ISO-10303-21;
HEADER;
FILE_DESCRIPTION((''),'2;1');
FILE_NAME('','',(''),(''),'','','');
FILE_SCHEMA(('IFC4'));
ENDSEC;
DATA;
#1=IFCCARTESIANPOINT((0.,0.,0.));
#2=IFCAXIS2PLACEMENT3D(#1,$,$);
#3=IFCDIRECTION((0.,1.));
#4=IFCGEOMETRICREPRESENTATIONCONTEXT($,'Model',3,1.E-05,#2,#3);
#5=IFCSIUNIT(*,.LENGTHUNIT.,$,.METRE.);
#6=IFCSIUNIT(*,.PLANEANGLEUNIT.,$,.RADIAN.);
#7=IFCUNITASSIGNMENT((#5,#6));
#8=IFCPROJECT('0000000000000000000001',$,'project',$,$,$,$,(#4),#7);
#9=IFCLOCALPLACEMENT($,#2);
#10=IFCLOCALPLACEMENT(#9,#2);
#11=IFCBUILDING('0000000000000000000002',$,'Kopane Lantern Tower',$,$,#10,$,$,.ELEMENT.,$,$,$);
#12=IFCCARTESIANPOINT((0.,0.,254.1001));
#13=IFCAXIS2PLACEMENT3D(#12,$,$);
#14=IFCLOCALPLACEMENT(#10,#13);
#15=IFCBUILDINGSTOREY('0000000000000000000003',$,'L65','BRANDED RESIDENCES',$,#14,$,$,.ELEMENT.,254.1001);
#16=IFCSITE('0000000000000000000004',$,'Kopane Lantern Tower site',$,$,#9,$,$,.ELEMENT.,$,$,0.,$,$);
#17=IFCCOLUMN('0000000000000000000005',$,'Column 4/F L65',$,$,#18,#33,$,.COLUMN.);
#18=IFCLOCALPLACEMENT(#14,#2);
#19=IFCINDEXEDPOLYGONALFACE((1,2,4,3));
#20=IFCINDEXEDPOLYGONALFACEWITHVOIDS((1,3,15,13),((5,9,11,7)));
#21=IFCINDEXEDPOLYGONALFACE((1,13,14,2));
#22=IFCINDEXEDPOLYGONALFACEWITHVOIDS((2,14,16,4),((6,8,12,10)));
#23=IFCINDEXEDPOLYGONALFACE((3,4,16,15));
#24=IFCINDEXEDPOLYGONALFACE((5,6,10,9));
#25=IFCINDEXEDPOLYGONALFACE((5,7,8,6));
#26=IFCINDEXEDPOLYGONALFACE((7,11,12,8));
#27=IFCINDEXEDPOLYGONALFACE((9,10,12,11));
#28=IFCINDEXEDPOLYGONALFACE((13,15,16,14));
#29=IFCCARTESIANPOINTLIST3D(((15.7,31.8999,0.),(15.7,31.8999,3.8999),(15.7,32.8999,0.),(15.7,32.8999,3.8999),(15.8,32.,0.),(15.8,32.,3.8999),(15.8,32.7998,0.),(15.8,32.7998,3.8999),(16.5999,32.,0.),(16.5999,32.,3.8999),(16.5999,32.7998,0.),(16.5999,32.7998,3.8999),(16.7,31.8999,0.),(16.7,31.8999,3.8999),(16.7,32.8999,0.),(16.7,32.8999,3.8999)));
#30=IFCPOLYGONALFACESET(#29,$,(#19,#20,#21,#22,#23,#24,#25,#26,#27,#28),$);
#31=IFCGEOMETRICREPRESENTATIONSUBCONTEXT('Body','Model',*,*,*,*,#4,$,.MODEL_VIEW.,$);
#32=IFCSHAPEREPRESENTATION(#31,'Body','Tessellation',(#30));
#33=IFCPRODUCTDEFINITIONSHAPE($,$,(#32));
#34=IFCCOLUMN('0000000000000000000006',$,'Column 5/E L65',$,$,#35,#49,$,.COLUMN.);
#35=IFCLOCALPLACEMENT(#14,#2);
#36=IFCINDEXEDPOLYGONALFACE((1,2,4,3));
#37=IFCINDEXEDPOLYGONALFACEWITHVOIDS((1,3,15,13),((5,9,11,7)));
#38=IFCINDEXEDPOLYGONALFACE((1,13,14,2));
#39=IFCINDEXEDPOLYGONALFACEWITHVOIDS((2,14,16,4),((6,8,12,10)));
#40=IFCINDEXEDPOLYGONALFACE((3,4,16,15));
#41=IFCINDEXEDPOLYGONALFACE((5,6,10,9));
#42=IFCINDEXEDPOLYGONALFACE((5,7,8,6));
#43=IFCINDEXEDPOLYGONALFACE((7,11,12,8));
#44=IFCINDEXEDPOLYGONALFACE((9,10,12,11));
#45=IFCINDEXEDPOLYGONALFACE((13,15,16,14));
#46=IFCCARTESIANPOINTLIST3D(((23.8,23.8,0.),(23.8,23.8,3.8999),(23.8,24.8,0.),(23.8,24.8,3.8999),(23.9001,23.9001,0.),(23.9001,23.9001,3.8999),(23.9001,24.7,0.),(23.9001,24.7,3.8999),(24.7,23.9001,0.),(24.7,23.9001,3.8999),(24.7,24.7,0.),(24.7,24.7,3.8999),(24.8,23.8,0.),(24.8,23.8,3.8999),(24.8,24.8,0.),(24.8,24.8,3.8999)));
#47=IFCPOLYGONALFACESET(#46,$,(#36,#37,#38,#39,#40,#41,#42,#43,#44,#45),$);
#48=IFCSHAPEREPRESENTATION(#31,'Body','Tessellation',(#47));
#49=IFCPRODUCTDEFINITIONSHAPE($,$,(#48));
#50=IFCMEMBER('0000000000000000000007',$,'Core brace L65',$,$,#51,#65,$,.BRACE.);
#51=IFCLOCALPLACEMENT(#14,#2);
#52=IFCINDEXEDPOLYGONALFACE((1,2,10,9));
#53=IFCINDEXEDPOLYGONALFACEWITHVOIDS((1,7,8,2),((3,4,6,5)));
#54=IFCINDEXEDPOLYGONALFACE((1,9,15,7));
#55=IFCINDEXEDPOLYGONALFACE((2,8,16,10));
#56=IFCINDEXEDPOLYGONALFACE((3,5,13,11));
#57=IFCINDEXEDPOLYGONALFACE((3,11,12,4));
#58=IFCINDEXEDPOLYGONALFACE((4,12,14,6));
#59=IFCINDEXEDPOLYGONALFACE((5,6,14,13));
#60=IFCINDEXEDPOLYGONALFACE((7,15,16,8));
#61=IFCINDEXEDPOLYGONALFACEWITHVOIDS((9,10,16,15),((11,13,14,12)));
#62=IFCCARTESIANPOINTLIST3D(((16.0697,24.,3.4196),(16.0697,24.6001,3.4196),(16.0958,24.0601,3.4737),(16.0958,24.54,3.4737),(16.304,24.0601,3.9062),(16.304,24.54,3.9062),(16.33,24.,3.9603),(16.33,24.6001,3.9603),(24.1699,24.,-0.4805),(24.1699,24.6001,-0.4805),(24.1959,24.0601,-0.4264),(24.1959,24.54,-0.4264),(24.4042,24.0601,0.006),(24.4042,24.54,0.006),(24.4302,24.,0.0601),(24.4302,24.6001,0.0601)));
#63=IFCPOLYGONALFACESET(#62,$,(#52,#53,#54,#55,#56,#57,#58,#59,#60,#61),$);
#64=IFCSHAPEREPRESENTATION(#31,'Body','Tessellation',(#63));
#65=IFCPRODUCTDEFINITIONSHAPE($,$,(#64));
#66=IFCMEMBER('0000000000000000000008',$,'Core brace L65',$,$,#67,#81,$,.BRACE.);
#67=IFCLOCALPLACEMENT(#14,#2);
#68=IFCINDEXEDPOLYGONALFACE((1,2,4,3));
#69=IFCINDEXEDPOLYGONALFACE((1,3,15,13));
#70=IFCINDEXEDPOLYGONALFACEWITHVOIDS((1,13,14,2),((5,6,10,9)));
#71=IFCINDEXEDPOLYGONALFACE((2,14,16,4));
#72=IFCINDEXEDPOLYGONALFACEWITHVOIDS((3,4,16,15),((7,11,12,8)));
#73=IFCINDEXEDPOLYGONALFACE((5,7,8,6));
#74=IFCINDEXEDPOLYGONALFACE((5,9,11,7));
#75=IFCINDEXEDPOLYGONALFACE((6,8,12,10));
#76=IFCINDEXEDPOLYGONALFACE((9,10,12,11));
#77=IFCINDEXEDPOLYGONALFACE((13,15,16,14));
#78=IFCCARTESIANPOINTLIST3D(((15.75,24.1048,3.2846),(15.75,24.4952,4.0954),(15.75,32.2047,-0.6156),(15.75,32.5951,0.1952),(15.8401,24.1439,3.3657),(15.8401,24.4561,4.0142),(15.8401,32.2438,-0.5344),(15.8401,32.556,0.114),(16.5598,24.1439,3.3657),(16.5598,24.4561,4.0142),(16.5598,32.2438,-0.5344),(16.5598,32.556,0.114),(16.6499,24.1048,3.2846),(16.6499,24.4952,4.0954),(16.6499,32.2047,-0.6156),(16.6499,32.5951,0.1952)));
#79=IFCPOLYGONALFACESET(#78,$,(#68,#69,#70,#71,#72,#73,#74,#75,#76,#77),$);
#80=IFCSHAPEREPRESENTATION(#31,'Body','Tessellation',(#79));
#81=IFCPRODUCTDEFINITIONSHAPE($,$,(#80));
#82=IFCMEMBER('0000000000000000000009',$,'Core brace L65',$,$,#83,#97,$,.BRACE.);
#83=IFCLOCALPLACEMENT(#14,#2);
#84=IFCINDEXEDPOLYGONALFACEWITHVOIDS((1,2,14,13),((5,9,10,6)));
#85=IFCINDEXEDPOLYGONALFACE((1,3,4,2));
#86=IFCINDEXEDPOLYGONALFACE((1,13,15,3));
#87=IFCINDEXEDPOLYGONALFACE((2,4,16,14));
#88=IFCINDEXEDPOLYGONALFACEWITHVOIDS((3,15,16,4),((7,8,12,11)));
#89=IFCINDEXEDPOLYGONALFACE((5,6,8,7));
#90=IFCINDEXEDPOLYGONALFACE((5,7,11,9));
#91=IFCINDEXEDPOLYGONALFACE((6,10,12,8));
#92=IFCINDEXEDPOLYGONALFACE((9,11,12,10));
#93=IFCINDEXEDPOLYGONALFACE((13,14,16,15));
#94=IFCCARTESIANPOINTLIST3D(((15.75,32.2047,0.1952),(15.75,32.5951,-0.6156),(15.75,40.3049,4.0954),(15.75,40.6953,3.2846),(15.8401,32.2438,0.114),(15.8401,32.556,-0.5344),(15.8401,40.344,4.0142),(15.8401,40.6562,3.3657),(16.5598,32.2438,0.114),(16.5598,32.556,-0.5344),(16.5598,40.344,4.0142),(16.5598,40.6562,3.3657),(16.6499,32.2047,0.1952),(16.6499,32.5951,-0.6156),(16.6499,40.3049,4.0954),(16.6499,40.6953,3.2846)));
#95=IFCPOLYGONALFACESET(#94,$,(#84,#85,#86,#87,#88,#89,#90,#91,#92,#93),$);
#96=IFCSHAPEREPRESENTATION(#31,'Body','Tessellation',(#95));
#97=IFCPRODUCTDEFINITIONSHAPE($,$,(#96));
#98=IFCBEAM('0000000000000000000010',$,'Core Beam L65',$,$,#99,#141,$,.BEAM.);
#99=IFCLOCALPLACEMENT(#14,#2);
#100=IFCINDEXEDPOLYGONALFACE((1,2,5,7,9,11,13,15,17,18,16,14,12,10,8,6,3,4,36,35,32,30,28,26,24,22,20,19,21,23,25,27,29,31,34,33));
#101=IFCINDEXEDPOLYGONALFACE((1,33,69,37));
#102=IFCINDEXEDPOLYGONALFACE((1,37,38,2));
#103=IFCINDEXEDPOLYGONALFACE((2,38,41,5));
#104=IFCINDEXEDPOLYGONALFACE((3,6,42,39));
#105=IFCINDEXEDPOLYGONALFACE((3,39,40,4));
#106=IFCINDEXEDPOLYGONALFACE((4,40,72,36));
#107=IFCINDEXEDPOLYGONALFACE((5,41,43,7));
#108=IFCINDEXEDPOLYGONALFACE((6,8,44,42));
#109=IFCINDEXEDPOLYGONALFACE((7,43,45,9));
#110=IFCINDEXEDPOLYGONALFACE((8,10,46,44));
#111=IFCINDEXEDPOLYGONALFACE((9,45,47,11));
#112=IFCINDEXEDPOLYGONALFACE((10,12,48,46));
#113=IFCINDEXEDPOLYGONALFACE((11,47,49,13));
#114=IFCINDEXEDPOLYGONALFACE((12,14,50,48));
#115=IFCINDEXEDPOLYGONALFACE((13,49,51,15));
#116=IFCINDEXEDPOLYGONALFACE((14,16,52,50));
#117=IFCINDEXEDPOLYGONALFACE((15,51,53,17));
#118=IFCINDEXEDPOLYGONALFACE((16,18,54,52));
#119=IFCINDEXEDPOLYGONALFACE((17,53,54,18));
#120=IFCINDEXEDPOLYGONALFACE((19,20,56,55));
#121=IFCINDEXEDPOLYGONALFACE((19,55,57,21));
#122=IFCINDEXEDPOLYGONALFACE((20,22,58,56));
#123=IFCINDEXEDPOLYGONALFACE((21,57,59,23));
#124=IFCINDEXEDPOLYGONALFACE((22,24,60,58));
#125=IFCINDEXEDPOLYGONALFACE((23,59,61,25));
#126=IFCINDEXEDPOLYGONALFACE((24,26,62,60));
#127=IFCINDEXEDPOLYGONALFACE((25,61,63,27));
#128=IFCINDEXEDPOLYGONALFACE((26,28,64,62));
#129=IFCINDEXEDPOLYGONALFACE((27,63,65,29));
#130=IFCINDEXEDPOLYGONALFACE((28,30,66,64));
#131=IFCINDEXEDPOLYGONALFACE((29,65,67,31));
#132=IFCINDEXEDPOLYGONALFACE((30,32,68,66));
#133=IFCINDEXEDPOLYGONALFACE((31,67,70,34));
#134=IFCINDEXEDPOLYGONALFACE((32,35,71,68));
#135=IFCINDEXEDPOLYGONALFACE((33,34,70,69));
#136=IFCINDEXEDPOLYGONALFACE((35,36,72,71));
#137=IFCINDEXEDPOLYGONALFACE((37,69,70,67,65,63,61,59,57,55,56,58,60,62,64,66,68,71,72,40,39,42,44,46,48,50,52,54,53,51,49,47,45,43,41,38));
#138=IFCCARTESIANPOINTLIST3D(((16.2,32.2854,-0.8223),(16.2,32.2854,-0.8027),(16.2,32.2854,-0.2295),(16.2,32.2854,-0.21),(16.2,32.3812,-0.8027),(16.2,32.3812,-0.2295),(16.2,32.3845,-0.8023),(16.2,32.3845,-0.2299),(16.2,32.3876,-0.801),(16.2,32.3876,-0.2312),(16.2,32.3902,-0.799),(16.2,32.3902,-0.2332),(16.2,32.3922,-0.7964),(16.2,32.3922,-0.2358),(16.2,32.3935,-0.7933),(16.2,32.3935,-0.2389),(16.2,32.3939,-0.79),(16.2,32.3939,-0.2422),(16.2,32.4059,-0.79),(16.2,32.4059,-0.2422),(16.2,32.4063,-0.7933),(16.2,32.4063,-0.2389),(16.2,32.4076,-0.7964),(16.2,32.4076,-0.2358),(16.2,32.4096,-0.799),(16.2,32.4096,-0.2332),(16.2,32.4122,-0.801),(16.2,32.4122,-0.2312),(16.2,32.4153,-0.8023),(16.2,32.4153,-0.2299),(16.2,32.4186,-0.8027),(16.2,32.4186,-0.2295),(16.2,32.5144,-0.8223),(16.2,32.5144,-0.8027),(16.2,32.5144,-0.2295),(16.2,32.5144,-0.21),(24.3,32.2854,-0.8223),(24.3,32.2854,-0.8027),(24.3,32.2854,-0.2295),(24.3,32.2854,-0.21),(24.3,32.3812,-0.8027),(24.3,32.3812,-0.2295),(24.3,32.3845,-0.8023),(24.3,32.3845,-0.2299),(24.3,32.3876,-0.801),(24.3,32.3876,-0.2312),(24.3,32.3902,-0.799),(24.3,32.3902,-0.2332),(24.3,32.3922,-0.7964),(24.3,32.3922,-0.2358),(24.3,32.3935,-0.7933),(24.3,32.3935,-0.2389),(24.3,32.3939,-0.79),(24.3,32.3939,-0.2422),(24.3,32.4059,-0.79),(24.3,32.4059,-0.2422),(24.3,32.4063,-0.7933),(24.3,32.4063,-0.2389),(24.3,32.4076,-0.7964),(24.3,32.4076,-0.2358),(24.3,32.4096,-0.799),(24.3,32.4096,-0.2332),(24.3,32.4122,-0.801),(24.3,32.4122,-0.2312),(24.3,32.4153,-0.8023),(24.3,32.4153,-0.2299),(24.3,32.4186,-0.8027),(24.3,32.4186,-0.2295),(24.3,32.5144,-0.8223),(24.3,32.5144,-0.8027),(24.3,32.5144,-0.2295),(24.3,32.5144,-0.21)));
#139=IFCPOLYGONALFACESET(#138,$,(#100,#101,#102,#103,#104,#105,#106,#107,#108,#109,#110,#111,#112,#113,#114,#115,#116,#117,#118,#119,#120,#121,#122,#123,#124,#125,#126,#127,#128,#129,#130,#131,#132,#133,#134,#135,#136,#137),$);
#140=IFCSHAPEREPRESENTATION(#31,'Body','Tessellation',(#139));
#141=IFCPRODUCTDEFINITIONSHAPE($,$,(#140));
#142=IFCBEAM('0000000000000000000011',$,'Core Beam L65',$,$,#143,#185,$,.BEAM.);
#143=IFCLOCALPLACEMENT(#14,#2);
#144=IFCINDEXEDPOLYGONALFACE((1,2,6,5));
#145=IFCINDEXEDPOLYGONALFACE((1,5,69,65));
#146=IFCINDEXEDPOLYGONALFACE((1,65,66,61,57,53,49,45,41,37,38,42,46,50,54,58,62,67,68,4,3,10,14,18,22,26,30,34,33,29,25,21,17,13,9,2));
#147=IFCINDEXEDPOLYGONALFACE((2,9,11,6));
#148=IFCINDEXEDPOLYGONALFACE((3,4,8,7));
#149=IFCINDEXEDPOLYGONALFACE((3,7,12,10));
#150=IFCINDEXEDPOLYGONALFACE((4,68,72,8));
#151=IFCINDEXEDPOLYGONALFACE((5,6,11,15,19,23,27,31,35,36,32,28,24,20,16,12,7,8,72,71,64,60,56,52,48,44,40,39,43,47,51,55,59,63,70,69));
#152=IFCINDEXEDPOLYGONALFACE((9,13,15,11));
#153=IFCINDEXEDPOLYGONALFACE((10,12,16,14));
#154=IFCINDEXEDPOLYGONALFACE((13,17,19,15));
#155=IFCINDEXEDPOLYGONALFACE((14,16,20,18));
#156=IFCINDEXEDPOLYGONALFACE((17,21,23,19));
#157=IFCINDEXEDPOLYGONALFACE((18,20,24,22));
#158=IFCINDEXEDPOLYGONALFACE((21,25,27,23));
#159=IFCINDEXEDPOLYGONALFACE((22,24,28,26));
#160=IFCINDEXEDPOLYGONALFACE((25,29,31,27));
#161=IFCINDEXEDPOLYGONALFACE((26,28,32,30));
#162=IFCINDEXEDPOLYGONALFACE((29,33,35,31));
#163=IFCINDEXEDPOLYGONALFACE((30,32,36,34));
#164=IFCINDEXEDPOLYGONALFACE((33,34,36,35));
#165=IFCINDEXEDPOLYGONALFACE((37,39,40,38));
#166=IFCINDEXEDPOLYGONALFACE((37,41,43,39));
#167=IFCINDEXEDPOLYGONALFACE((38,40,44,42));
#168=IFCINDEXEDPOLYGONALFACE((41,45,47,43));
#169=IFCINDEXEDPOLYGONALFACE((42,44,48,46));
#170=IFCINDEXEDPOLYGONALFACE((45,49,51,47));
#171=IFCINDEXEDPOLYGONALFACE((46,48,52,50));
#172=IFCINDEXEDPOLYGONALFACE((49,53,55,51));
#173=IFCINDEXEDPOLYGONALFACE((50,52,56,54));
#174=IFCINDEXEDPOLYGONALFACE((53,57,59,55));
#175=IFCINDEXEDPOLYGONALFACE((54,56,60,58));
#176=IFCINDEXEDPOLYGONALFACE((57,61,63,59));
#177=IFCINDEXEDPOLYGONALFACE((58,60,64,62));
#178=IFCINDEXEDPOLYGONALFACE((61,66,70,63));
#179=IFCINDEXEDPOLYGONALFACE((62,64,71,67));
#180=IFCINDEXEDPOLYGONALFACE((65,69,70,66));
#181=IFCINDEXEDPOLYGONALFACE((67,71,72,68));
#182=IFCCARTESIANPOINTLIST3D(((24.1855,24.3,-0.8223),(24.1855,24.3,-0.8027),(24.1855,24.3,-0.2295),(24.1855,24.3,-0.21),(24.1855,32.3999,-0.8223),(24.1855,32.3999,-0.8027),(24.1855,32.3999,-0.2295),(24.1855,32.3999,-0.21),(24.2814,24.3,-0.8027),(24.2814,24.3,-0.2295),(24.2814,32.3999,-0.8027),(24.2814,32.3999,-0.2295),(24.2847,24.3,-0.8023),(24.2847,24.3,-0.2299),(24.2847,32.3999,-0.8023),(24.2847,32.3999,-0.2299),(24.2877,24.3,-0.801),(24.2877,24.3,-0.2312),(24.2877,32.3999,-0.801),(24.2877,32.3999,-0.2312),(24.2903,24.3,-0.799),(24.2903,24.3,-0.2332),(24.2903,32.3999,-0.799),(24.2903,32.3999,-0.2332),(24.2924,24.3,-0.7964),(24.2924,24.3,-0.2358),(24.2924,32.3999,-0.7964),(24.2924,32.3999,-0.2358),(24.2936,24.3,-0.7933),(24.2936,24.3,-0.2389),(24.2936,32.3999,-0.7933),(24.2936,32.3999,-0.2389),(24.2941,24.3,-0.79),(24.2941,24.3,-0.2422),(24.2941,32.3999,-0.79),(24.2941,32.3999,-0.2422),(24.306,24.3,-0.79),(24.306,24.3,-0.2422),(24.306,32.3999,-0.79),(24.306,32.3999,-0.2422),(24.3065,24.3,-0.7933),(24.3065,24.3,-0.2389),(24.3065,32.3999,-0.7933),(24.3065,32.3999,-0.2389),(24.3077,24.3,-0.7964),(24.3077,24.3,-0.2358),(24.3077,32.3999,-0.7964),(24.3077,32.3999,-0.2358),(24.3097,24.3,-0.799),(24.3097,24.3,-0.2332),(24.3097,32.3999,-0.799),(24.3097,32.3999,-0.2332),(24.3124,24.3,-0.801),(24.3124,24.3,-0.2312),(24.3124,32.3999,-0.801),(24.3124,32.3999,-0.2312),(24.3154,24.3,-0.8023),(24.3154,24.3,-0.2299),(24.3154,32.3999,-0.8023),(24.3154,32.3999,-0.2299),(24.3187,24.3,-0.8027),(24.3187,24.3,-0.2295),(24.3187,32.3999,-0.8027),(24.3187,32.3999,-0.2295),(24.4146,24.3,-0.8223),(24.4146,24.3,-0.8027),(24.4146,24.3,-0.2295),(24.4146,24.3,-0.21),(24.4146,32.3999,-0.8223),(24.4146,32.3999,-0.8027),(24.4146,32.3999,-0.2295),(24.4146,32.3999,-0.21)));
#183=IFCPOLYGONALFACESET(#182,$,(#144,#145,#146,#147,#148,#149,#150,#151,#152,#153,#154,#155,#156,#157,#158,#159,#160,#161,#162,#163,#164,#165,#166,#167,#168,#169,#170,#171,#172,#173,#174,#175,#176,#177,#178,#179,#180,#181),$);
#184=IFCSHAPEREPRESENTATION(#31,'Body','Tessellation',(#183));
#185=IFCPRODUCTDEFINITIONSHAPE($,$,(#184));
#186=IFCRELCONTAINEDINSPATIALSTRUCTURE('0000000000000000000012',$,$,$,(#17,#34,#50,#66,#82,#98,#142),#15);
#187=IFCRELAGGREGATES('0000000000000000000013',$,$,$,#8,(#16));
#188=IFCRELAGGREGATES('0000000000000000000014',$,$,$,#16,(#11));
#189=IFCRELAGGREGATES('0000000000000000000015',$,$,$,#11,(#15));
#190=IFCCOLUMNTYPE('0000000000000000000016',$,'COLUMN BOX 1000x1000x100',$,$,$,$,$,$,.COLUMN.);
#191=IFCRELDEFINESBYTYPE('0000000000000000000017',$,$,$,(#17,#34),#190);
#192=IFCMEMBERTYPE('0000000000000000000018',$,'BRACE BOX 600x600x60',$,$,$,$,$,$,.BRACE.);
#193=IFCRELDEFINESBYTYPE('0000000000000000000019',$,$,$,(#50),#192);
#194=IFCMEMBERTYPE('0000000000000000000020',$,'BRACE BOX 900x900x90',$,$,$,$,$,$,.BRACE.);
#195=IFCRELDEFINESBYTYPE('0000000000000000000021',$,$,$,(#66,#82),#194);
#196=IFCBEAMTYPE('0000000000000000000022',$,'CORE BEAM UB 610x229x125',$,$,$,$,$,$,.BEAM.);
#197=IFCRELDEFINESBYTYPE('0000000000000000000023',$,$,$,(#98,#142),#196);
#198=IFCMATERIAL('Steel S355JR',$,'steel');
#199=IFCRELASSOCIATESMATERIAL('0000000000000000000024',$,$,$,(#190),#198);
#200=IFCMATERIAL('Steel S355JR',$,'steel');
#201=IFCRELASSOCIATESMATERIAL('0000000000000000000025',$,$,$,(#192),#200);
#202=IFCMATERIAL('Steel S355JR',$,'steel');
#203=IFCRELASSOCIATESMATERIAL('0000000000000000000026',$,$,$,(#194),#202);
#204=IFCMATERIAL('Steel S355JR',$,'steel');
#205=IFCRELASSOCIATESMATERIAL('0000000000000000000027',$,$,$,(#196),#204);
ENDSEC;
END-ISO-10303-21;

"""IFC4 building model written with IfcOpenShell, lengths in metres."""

from ifc_helpers import new_model, si_unit, direction, frame, origin, origin_2d, place, context, subcontext, project, spatial, hollow_rectangle, i_section, extrude, material, material_profile, profile_set, type_object, element, save


model = new_model("IFC4")

# Units and contexts
model_context = context("Model", 3, precision=1e-05, world=origin(), true_north=direction((0.0, 1.0)))
body_context = subcontext(model_context, "Body", "Model", "MODEL_VIEW")
ifc_project = project(units=[si_unit("LENGTHUNIT", "METRE"), si_unit("PLANEANGLEUNIT", "RADIAN")], contexts=[model_context])

# Site, building, storey
site_placement = place(None, origin())
site = spatial("IfcSite", under=ifc_project, at=site_placement, Name="Kopane Lantern Tower site", CompositionType="ELEMENT", RefElevation=0.0)
building_placement = place(site_placement, origin())
building = spatial("IfcBuilding", under=site, at=building_placement, Name="Kopane Lantern Tower", CompositionType="ELEMENT")
storey_placement = place(building_placement, frame((0.0, 0.0, 254.1001)))
storey = spatial("IfcBuildingStorey", under=building, at=storey_placement, Name="L65", Description="BRANDED RESIDENCES", CompositionType="ELEMENT", Elevation=254.1001)

# Columns
ifc_material_1 = material(Name="Steel S355JR", Category="steel")
ifc_material_profile_1 = material_profile(ifc_material_1, hollow_rectangle(XDim=1.0, YDim=1.0, WallThickness=0.1001, at=origin_2d()), Name="BOX 1000x1000x100")
ifc_profile_set_1 = profile_set([ifc_material_profile_1], Name="Steel S355JR")
column_type = type_object("IfcColumnType", Name="COLUMN BOX 1000x1000x100", PredefinedType="COLUMN", material=ifc_profile_set_1)
for number, where, z_axis, x_axis, name in (
    (1, (16.2, 32.3999, 0.0), (0.0, 0.0, 1.0), (1.0, 0.0, 0.0), "Column 4/F L65"),
    (2, (24.3, 24.3, 0.0), (0.0, 0.0, 1.0), (1.0, 0.0, 0.0), "Column 5/E L65"),
):
    element("IfcColumn", number, at=place(storey_placement, frame(where, z_axis=z_axis, x_axis=x_axis)), inside=storey, type_object=column_type, Name=name, PredefinedType="COLUMN", context=body_context, shape_type="SweptSolid", body=[
        extrude(hollow_rectangle(XDim=1.0, YDim=1.0, WallThickness=0.1001, at=origin_2d()), origin(), (0.0, 0.0, 1.0), 3.8999),
    ])

# Members
ifc_material_2 = material(Name="Steel S355JR", Category="steel")
ifc_material_profile_2 = material_profile(ifc_material_2, hollow_rectangle(XDim=0.6001, YDim=0.6001, WallThickness=0.0601, at=origin_2d()), Name="BOX 600x600x60")
ifc_profile_set_2 = profile_set([ifc_material_profile_2], Name="Steel S355JR")
member_type_1 = type_object("IfcMemberType", Name="BRACE BOX 600x600x60", PredefinedType="BRACE", material=ifc_profile_set_2)
member_1_placement = place(storey_placement, frame((24.3, 24.3, -0.2102), z_axis=(-0.900997, 0.0, 0.433825), x_axis=(0.0, -1.0, 0.0)))
element("IfcMember", 3, at=member_1_placement, inside=storey, type_object=member_type_1, Name="Core brace L65", PredefinedType="BRACE", context=body_context, shape_type="SweptSolid", body=[
    extrude(hollow_rectangle(XDim=0.6001, YDim=0.6001, WallThickness=0.0601, at=origin_2d()), origin(), (0.0, 0.0, 1.0), 8.9902),
])
ifc_material_3 = material(Name="Steel S355JR", Category="steel")
ifc_material_profile_3 = material_profile(ifc_material_3, hollow_rectangle(XDim=0.8999, YDim=0.8999, WallThickness=0.0901, at=origin_2d()), Name="BOX 900x900x90")
ifc_profile_set_3 = profile_set([ifc_material_profile_3], Name="Steel S355JR")
member_type_2 = type_object("IfcMemberType", Name="BRACE BOX 900x900x90", PredefinedType="BRACE", material=ifc_profile_set_3)
member_2_placement = place(storey_placement, frame((16.2, 32.3999, -0.2102), z_axis=(0.0, -0.900992, 0.433835), x_axis=(1.0, 0.0, 0.0)))
element("IfcMember", 4, at=member_2_placement, inside=storey, type_object=member_type_2, Name="Core brace L65", PredefinedType="BRACE", context=body_context, shape_type="SweptSolid", body=[
    extrude(hollow_rectangle(XDim=0.8999, YDim=0.8999, WallThickness=0.0901, at=origin_2d()), origin(), (0.0, 0.0, 1.0), 8.99),
])
member_3_placement = place(storey_placement, frame((16.2, 32.3999, -0.2102), z_axis=(0.0, 0.900997, 0.433825), x_axis=(-1.0, 0.0, 0.0)))
element("IfcMember", 5, at=member_3_placement, inside=storey, type_object=member_type_2, Name="Core brace L65", PredefinedType="BRACE", context=body_context, shape_type="SweptSolid", body=[
    extrude(hollow_rectangle(XDim=0.8999, YDim=0.8999, WallThickness=0.0901, at=origin_2d()), origin(), (0.0, 0.0, 1.0), 8.9902),
])

# Beams
ifc_material_4 = material(Name="Steel S355JR", Category="steel")
ifc_material_profile_4 = material_profile(ifc_material_4, i_section(OverallWidth=0.229, OverallDepth=0.6123, WebThickness=0.012, FlangeThickness=0.0195, FilletRadius=0.0127, at=origin_2d()), Name="UB 610x229x125")
ifc_profile_set_4 = profile_set([ifc_material_profile_4], Name="Steel S355JR")
beam_type_1 = type_object("IfcBeamType", Name="CORE BEAM UB 610x229x125", PredefinedType="BEAM", material=ifc_profile_set_4)
beam_1_placement = place(storey_placement, frame((16.2, 32.3999, -0.5161), z_axis=(1.0, 0.0, 0.0), x_axis=(0.0, 1.0, 0.0)))
element("IfcBeam", 6, at=beam_1_placement, inside=storey, type_object=beam_type_1, Name="Core Beam L65", PredefinedType="BEAM", context=body_context, shape_type="SweptSolid", body=[
    extrude(i_section(OverallWidth=0.229, OverallDepth=0.6123, WebThickness=0.012, FlangeThickness=0.0195, FilletRadius=0.0127, at=origin_2d()), origin(), (0.0, 0.0, 1.0), 8.1001),
])
beam_2_placement = place(storey_placement, frame((24.3, 24.3, -0.5161), z_axis=(0.0, 1.0, 0.0), x_axis=(-1.0, 0.0, 0.0)))
element("IfcBeam", 7, at=beam_2_placement, inside=storey, type_object=beam_type_1, Name="Core Beam L65", PredefinedType="BEAM", context=body_context, shape_type="SweptSolid", body=[
    extrude(i_section(OverallWidth=0.229, OverallDepth=0.6123, WebThickness=0.012, FlangeThickness=0.0195, FilletRadius=0.0127, at=origin_2d()), origin(), (0.0, 0.0, 1.0), 8.0999),
])

save(model, "model.ifc")
